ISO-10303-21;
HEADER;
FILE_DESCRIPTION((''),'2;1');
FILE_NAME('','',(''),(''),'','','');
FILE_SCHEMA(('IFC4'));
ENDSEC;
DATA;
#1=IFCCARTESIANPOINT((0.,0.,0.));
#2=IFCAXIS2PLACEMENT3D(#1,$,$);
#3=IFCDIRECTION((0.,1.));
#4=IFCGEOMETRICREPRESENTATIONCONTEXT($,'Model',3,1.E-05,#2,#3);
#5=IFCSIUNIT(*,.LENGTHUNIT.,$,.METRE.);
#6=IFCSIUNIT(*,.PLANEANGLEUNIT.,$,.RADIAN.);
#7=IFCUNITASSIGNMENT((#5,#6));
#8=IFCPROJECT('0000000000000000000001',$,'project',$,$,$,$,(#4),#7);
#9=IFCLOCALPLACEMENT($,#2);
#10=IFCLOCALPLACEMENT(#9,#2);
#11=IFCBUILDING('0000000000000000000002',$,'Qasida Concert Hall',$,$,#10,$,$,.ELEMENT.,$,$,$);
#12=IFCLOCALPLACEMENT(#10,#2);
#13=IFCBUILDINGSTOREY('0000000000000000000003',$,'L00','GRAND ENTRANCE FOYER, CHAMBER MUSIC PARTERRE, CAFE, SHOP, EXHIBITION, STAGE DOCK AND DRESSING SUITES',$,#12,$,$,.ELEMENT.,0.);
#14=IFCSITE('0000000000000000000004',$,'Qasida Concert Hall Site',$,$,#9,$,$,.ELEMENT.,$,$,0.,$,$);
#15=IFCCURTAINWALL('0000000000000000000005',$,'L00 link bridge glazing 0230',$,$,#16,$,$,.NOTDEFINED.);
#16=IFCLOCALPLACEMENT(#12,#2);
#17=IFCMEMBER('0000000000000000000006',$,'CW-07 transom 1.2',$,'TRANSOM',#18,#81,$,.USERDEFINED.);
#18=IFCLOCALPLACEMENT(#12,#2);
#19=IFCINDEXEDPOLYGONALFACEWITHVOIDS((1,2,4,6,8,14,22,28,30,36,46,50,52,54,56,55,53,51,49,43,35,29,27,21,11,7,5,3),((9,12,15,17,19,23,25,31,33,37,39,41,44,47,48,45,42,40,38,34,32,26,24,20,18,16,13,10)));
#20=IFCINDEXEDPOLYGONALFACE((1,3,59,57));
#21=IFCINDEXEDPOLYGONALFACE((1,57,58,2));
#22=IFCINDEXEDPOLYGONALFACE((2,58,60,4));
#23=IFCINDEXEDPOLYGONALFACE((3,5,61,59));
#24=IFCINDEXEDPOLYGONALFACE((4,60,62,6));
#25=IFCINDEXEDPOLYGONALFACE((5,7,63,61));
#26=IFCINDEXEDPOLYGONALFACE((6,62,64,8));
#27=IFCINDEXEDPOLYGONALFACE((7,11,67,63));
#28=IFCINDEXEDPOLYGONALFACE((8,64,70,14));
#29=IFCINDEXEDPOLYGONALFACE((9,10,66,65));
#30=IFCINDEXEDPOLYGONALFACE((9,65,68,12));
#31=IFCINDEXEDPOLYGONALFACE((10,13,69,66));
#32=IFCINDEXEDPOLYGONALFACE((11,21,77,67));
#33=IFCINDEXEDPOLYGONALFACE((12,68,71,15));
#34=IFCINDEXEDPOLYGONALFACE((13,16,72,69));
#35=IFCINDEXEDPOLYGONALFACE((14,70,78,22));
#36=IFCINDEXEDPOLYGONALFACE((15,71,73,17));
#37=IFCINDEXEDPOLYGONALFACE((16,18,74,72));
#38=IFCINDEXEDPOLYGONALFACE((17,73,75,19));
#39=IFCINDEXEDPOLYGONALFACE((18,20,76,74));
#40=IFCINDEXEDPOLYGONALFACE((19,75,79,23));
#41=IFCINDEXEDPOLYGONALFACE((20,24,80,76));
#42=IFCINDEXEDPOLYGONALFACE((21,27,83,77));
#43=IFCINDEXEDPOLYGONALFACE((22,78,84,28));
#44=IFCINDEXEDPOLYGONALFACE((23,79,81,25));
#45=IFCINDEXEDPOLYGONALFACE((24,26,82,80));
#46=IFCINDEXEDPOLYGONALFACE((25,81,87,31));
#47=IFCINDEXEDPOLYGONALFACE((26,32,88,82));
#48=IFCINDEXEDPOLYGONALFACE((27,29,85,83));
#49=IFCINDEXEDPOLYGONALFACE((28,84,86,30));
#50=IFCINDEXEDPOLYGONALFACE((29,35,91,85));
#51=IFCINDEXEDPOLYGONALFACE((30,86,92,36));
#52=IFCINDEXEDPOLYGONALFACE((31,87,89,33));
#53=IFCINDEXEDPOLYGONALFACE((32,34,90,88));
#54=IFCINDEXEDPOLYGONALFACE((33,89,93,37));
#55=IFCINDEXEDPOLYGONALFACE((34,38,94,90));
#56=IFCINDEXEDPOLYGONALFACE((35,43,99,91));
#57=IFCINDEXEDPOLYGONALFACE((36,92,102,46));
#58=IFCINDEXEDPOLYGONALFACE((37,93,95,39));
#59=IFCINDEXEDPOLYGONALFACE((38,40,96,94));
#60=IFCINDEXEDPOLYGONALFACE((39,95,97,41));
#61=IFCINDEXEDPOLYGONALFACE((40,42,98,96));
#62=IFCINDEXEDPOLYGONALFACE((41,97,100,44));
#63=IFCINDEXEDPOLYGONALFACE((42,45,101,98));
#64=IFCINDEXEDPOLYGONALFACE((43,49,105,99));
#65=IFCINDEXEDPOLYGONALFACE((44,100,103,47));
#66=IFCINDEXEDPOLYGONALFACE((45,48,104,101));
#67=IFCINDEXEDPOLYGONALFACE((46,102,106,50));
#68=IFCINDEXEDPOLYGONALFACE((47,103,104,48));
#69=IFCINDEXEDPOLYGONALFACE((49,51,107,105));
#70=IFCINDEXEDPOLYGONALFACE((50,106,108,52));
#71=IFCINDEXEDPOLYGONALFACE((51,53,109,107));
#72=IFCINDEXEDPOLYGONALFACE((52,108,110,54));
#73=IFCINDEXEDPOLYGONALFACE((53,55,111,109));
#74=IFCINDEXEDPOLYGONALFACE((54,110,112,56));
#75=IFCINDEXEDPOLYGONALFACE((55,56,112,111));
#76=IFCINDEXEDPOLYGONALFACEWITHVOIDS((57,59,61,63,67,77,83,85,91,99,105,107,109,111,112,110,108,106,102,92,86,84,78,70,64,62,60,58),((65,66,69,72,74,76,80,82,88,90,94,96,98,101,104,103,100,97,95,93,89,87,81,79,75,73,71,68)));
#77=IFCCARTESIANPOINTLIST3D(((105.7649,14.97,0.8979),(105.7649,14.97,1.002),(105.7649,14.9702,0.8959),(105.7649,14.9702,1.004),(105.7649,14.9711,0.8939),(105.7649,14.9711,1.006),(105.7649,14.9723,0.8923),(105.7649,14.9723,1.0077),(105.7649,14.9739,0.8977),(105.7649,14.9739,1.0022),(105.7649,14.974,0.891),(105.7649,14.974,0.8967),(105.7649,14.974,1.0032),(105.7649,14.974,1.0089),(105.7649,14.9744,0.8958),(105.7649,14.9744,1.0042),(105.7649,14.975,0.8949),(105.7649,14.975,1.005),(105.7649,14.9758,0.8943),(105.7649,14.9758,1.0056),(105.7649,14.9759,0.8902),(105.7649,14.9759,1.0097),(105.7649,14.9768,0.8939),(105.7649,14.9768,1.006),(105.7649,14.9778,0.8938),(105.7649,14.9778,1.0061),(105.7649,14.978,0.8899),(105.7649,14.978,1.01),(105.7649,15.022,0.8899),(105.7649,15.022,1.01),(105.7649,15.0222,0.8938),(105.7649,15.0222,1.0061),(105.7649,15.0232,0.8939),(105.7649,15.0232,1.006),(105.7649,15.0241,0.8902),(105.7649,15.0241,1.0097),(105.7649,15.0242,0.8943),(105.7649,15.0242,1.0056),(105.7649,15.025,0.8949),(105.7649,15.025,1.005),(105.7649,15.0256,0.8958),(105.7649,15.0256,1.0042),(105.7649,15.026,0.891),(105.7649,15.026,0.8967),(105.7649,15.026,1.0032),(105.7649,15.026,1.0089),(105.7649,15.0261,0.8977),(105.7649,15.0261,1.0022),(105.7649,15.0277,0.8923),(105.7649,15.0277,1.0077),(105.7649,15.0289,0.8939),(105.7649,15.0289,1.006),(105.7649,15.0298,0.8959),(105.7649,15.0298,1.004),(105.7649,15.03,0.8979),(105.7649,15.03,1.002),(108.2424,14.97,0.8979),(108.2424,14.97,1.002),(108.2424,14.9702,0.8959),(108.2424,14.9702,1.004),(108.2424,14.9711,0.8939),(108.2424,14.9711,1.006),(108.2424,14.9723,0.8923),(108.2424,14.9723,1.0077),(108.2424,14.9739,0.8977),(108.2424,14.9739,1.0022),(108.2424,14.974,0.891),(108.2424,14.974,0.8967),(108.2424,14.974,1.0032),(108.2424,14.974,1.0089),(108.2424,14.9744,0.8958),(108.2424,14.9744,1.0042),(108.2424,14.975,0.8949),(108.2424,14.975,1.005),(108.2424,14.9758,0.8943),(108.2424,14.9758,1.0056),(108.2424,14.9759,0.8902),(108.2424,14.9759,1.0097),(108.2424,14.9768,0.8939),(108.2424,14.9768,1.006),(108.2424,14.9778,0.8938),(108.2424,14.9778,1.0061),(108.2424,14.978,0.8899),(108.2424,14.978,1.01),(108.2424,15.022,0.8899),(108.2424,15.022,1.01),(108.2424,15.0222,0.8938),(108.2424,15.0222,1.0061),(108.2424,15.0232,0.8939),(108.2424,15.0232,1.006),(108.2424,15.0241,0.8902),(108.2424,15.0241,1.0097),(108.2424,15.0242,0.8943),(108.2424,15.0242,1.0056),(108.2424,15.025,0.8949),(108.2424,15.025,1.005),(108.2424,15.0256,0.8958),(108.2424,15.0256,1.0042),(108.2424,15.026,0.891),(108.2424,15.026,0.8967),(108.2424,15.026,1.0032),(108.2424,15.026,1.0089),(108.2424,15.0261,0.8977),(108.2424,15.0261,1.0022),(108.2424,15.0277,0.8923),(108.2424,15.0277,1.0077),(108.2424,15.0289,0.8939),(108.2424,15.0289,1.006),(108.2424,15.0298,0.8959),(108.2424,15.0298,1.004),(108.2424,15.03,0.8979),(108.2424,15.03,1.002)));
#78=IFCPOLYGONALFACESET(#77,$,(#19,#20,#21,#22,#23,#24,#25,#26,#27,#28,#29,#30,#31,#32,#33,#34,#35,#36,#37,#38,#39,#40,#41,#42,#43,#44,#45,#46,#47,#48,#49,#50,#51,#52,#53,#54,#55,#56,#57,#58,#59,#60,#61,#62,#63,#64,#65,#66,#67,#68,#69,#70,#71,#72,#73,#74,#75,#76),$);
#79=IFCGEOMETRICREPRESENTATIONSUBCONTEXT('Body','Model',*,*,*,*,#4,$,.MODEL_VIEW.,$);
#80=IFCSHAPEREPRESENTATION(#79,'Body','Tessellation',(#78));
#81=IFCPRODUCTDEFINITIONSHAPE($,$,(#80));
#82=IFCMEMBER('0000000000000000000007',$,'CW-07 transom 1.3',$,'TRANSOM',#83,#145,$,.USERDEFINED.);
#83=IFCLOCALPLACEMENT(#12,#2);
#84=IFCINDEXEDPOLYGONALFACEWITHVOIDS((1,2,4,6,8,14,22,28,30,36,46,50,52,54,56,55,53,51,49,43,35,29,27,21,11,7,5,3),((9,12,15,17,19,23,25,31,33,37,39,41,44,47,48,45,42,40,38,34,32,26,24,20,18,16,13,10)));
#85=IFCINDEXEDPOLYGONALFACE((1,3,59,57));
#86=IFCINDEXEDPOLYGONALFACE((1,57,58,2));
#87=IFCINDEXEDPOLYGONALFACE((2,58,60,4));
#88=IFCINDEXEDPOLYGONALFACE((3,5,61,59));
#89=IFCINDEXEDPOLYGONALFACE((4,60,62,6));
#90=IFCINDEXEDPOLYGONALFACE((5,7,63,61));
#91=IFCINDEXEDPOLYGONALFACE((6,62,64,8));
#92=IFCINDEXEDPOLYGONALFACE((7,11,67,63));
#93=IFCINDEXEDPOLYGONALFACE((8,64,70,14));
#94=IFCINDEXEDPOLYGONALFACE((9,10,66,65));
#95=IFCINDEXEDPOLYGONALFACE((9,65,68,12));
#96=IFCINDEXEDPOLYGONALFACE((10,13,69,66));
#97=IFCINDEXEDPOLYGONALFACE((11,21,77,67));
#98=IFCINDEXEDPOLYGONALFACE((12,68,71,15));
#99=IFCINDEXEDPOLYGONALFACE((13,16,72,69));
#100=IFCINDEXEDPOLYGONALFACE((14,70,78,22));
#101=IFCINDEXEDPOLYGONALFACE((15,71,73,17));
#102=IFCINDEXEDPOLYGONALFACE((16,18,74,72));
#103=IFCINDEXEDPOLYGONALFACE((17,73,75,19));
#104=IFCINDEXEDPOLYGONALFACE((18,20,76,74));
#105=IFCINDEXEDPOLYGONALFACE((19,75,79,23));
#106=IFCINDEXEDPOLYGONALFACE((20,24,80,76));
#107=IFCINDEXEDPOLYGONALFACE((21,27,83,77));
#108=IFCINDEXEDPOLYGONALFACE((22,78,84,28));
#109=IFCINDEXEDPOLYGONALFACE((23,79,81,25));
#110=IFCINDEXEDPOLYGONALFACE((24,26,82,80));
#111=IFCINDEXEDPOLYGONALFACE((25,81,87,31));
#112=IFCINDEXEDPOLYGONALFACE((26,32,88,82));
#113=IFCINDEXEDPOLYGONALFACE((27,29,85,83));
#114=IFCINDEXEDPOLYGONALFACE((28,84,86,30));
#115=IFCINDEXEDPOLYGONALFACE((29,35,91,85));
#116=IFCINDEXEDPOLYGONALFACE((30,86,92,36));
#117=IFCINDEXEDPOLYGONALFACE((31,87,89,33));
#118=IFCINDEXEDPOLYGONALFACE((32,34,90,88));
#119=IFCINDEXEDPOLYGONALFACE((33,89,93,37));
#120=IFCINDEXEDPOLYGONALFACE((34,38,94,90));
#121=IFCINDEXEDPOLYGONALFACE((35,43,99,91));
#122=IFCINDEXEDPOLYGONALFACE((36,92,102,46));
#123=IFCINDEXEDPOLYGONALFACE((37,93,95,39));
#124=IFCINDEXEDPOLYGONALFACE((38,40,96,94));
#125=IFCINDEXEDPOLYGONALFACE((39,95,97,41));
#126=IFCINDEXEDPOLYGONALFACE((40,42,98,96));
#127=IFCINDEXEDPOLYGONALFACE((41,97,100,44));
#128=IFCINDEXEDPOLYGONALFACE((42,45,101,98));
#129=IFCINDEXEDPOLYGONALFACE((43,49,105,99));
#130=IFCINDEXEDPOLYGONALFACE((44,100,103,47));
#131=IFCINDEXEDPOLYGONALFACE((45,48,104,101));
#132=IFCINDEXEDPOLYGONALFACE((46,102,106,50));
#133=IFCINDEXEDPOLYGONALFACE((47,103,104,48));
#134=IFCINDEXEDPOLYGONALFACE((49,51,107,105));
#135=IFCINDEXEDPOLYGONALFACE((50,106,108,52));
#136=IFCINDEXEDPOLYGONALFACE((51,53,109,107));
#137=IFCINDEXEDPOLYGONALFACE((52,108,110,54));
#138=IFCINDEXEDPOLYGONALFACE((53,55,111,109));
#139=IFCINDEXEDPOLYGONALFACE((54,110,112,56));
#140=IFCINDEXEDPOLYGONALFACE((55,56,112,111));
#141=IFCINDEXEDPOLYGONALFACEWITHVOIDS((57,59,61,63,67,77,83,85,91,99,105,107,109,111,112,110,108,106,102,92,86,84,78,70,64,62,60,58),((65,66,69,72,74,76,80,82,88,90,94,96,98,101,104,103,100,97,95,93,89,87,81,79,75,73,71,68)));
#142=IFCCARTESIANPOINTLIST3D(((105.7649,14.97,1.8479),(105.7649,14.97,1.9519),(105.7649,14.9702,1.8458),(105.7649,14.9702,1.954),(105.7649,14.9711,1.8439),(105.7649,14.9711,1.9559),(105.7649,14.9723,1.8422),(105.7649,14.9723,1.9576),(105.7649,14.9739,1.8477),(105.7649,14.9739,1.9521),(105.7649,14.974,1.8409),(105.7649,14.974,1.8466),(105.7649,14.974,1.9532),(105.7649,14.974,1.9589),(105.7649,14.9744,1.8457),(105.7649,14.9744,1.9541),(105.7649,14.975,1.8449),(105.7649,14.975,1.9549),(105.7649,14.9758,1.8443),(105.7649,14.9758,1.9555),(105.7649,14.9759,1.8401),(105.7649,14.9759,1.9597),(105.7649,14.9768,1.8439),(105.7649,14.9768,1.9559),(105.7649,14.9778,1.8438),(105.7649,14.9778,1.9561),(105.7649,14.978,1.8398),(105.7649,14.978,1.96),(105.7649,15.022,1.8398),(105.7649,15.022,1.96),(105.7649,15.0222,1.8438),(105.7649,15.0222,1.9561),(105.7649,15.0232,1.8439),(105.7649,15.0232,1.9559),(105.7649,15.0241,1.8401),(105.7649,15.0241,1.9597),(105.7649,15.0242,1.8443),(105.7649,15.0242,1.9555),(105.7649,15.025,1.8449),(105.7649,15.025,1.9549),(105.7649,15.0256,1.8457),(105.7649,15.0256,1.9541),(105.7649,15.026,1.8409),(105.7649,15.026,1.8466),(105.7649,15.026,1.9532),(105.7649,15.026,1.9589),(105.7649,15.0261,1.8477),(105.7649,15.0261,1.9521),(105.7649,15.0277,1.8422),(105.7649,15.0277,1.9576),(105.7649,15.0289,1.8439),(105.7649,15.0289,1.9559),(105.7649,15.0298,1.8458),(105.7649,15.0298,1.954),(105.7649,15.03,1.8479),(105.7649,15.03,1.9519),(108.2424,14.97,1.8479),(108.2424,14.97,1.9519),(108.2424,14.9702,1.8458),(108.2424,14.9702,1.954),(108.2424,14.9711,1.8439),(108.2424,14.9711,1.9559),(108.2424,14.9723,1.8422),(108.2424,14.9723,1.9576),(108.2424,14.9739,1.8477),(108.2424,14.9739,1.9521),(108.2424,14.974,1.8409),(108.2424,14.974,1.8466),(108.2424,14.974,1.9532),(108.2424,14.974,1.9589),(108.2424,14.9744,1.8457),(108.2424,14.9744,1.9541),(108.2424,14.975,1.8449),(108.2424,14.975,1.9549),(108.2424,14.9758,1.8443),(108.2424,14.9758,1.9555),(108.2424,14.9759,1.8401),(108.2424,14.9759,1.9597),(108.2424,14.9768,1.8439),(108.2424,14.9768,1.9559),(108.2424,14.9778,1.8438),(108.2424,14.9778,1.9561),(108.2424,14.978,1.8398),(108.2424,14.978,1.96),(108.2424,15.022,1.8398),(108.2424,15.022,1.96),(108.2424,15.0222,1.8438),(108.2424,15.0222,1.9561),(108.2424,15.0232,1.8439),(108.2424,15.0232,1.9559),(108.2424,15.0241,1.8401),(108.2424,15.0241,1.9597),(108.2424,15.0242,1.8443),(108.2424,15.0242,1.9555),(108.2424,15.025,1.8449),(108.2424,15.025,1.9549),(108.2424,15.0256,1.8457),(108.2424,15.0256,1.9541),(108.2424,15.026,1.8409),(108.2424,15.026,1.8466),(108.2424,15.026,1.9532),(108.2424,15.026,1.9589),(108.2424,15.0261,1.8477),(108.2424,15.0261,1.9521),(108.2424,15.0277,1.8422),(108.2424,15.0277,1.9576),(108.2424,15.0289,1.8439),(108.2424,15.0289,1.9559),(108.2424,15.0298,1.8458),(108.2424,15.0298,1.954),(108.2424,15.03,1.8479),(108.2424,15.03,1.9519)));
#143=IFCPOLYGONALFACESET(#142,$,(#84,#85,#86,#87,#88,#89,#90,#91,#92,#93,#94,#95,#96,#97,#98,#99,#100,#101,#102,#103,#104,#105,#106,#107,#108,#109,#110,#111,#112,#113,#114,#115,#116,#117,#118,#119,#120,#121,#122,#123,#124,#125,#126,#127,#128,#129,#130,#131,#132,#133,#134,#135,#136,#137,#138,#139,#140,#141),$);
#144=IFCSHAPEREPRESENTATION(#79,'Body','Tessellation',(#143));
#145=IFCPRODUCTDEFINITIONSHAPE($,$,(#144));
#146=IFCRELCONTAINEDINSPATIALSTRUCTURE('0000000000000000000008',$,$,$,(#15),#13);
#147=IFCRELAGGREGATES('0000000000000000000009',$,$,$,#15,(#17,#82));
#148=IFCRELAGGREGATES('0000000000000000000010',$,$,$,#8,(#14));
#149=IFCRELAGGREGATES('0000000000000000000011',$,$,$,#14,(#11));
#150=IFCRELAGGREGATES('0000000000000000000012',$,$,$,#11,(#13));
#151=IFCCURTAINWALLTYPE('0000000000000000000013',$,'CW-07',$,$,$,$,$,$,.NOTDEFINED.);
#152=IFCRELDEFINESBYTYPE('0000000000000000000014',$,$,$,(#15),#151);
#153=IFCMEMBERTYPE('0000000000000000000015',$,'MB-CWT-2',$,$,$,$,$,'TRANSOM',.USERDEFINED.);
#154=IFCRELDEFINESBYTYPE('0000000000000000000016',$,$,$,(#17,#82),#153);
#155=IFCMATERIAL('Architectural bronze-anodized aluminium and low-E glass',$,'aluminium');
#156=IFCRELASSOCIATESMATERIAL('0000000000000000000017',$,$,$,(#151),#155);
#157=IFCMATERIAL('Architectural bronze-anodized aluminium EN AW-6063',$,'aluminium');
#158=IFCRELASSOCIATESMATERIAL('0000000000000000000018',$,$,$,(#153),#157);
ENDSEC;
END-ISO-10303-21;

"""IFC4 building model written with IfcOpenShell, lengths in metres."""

from ifc_helpers import new_model, si_unit, direction, frame, origin, origin_2d, place, context, subcontext, project, spatial, hollow_rectangle, extrude, material, material_profile, profile_set, type_object, element, aggregate, save


model = new_model("IFC4")

# Units and contexts
model_context = context("Model", 3, precision=1e-05, world=origin(), true_north=direction((0.0, 1.0)))
body_context = subcontext(model_context, "Body", "Model", "MODEL_VIEW")
ifc_project = project(units=[si_unit("LENGTHUNIT", "METRE"), si_unit("PLANEANGLEUNIT", "RADIAN")], contexts=[model_context])

# Site, building, storey
site_placement = place(None, origin())
site = spatial("IfcSite", under=ifc_project, at=site_placement, Name="Qasida Concert Hall Site", CompositionType="ELEMENT", RefElevation=0.0)
building_placement = place(site_placement, origin())
building = spatial("IfcBuilding", under=site, at=building_placement, Name="Qasida Concert Hall", CompositionType="ELEMENT")
storey_placement = place(building_placement, origin())
storey = spatial("IfcBuildingStorey", under=building, at=storey_placement, Name="L00", Description="GRAND ENTRANCE FOYER, CHAMBER MUSIC PARTERRE, CAFE, SHOP, EXHIBITION, STAGE DOCK AND DRESSING SUITES", CompositionType="ELEMENT", Elevation=0.0)

# Curtain wall, members
ifc_material_1 = material(Name="Architectural bronze-anodized aluminium and low-E glass", Category="aluminium")
curtain_wall_type = type_object("IfcCurtainWallType", Name="CW-07", PredefinedType="NOTDEFINED", material=ifc_material_1)
curtain_wall_placement = place(storey_placement, origin())
curtain_wall = element("IfcCurtainWall", 1, at=curtain_wall_placement, inside=storey, type_object=curtain_wall_type, Name="L00 link bridge glazing 0230", PredefinedType="NOTDEFINED")
ifc_material_2 = material(Name="Architectural bronze-anodized aluminium EN AW-6063", Category="aluminium")
ifc_material_profile_1 = material_profile(ifc_material_2, hollow_rectangle(XDim=0.0601, YDim=0.1201, WallThickness=0.0039, InnerFilletRadius=0.0039, OuterFilletRadius=0.0081, at=origin_2d()), Name="CWT 120x60x4")
ifc_profile_set_1 = profile_set([ifc_material_profile_1], Name="Architectural bronze-anodized aluminium EN AW-6063")
member_type_1 = type_object("IfcMemberType", Name="MB-CWT-2", ElementType="TRANSOM", PredefinedType="USERDEFINED", material=ifc_profile_set_1)
member_1_placement = place(storey_placement, frame((105.7649, 15.0, 0.95), z_axis=(1.0, 0.0, 0.0), x_axis=(0.0, 1.0, 0.0)))
member_1 = element("IfcMember", 2, at=member_1_placement, type_object=member_type_1, Name="CW-07 transom 1.2", ObjectType="TRANSOM", PredefinedType="USERDEFINED", context=body_context, shape_type="SweptSolid", body=[
    extrude(hollow_rectangle(XDim=0.0601, YDim=0.1201, WallThickness=0.0039, InnerFilletRadius=0.0039, OuterFilletRadius=0.0081, at=origin_2d()), origin(), (0.0, 0.0, 1.0), 2.4775),
])
member_2_placement = place(storey_placement, frame((105.7649, 15.0, 1.8999), z_axis=(1.0, 0.0, 0.0), x_axis=(0.0, 1.0, 0.0)))
member_2 = element("IfcMember", 3, at=member_2_placement, type_object=member_type_1, Name="CW-07 transom 1.3", ObjectType="TRANSOM", PredefinedType="USERDEFINED", context=body_context, shape_type="SweptSolid", body=[
    extrude(hollow_rectangle(XDim=0.0601, YDim=0.1201, WallThickness=0.0039, InnerFilletRadius=0.0039, OuterFilletRadius=0.0081, at=origin_2d()), origin(), (0.0, 0.0, 1.0), 2.4775),
])
aggregate(curtain_wall, [member_1, member_2])

save(model, "model.ifc")
